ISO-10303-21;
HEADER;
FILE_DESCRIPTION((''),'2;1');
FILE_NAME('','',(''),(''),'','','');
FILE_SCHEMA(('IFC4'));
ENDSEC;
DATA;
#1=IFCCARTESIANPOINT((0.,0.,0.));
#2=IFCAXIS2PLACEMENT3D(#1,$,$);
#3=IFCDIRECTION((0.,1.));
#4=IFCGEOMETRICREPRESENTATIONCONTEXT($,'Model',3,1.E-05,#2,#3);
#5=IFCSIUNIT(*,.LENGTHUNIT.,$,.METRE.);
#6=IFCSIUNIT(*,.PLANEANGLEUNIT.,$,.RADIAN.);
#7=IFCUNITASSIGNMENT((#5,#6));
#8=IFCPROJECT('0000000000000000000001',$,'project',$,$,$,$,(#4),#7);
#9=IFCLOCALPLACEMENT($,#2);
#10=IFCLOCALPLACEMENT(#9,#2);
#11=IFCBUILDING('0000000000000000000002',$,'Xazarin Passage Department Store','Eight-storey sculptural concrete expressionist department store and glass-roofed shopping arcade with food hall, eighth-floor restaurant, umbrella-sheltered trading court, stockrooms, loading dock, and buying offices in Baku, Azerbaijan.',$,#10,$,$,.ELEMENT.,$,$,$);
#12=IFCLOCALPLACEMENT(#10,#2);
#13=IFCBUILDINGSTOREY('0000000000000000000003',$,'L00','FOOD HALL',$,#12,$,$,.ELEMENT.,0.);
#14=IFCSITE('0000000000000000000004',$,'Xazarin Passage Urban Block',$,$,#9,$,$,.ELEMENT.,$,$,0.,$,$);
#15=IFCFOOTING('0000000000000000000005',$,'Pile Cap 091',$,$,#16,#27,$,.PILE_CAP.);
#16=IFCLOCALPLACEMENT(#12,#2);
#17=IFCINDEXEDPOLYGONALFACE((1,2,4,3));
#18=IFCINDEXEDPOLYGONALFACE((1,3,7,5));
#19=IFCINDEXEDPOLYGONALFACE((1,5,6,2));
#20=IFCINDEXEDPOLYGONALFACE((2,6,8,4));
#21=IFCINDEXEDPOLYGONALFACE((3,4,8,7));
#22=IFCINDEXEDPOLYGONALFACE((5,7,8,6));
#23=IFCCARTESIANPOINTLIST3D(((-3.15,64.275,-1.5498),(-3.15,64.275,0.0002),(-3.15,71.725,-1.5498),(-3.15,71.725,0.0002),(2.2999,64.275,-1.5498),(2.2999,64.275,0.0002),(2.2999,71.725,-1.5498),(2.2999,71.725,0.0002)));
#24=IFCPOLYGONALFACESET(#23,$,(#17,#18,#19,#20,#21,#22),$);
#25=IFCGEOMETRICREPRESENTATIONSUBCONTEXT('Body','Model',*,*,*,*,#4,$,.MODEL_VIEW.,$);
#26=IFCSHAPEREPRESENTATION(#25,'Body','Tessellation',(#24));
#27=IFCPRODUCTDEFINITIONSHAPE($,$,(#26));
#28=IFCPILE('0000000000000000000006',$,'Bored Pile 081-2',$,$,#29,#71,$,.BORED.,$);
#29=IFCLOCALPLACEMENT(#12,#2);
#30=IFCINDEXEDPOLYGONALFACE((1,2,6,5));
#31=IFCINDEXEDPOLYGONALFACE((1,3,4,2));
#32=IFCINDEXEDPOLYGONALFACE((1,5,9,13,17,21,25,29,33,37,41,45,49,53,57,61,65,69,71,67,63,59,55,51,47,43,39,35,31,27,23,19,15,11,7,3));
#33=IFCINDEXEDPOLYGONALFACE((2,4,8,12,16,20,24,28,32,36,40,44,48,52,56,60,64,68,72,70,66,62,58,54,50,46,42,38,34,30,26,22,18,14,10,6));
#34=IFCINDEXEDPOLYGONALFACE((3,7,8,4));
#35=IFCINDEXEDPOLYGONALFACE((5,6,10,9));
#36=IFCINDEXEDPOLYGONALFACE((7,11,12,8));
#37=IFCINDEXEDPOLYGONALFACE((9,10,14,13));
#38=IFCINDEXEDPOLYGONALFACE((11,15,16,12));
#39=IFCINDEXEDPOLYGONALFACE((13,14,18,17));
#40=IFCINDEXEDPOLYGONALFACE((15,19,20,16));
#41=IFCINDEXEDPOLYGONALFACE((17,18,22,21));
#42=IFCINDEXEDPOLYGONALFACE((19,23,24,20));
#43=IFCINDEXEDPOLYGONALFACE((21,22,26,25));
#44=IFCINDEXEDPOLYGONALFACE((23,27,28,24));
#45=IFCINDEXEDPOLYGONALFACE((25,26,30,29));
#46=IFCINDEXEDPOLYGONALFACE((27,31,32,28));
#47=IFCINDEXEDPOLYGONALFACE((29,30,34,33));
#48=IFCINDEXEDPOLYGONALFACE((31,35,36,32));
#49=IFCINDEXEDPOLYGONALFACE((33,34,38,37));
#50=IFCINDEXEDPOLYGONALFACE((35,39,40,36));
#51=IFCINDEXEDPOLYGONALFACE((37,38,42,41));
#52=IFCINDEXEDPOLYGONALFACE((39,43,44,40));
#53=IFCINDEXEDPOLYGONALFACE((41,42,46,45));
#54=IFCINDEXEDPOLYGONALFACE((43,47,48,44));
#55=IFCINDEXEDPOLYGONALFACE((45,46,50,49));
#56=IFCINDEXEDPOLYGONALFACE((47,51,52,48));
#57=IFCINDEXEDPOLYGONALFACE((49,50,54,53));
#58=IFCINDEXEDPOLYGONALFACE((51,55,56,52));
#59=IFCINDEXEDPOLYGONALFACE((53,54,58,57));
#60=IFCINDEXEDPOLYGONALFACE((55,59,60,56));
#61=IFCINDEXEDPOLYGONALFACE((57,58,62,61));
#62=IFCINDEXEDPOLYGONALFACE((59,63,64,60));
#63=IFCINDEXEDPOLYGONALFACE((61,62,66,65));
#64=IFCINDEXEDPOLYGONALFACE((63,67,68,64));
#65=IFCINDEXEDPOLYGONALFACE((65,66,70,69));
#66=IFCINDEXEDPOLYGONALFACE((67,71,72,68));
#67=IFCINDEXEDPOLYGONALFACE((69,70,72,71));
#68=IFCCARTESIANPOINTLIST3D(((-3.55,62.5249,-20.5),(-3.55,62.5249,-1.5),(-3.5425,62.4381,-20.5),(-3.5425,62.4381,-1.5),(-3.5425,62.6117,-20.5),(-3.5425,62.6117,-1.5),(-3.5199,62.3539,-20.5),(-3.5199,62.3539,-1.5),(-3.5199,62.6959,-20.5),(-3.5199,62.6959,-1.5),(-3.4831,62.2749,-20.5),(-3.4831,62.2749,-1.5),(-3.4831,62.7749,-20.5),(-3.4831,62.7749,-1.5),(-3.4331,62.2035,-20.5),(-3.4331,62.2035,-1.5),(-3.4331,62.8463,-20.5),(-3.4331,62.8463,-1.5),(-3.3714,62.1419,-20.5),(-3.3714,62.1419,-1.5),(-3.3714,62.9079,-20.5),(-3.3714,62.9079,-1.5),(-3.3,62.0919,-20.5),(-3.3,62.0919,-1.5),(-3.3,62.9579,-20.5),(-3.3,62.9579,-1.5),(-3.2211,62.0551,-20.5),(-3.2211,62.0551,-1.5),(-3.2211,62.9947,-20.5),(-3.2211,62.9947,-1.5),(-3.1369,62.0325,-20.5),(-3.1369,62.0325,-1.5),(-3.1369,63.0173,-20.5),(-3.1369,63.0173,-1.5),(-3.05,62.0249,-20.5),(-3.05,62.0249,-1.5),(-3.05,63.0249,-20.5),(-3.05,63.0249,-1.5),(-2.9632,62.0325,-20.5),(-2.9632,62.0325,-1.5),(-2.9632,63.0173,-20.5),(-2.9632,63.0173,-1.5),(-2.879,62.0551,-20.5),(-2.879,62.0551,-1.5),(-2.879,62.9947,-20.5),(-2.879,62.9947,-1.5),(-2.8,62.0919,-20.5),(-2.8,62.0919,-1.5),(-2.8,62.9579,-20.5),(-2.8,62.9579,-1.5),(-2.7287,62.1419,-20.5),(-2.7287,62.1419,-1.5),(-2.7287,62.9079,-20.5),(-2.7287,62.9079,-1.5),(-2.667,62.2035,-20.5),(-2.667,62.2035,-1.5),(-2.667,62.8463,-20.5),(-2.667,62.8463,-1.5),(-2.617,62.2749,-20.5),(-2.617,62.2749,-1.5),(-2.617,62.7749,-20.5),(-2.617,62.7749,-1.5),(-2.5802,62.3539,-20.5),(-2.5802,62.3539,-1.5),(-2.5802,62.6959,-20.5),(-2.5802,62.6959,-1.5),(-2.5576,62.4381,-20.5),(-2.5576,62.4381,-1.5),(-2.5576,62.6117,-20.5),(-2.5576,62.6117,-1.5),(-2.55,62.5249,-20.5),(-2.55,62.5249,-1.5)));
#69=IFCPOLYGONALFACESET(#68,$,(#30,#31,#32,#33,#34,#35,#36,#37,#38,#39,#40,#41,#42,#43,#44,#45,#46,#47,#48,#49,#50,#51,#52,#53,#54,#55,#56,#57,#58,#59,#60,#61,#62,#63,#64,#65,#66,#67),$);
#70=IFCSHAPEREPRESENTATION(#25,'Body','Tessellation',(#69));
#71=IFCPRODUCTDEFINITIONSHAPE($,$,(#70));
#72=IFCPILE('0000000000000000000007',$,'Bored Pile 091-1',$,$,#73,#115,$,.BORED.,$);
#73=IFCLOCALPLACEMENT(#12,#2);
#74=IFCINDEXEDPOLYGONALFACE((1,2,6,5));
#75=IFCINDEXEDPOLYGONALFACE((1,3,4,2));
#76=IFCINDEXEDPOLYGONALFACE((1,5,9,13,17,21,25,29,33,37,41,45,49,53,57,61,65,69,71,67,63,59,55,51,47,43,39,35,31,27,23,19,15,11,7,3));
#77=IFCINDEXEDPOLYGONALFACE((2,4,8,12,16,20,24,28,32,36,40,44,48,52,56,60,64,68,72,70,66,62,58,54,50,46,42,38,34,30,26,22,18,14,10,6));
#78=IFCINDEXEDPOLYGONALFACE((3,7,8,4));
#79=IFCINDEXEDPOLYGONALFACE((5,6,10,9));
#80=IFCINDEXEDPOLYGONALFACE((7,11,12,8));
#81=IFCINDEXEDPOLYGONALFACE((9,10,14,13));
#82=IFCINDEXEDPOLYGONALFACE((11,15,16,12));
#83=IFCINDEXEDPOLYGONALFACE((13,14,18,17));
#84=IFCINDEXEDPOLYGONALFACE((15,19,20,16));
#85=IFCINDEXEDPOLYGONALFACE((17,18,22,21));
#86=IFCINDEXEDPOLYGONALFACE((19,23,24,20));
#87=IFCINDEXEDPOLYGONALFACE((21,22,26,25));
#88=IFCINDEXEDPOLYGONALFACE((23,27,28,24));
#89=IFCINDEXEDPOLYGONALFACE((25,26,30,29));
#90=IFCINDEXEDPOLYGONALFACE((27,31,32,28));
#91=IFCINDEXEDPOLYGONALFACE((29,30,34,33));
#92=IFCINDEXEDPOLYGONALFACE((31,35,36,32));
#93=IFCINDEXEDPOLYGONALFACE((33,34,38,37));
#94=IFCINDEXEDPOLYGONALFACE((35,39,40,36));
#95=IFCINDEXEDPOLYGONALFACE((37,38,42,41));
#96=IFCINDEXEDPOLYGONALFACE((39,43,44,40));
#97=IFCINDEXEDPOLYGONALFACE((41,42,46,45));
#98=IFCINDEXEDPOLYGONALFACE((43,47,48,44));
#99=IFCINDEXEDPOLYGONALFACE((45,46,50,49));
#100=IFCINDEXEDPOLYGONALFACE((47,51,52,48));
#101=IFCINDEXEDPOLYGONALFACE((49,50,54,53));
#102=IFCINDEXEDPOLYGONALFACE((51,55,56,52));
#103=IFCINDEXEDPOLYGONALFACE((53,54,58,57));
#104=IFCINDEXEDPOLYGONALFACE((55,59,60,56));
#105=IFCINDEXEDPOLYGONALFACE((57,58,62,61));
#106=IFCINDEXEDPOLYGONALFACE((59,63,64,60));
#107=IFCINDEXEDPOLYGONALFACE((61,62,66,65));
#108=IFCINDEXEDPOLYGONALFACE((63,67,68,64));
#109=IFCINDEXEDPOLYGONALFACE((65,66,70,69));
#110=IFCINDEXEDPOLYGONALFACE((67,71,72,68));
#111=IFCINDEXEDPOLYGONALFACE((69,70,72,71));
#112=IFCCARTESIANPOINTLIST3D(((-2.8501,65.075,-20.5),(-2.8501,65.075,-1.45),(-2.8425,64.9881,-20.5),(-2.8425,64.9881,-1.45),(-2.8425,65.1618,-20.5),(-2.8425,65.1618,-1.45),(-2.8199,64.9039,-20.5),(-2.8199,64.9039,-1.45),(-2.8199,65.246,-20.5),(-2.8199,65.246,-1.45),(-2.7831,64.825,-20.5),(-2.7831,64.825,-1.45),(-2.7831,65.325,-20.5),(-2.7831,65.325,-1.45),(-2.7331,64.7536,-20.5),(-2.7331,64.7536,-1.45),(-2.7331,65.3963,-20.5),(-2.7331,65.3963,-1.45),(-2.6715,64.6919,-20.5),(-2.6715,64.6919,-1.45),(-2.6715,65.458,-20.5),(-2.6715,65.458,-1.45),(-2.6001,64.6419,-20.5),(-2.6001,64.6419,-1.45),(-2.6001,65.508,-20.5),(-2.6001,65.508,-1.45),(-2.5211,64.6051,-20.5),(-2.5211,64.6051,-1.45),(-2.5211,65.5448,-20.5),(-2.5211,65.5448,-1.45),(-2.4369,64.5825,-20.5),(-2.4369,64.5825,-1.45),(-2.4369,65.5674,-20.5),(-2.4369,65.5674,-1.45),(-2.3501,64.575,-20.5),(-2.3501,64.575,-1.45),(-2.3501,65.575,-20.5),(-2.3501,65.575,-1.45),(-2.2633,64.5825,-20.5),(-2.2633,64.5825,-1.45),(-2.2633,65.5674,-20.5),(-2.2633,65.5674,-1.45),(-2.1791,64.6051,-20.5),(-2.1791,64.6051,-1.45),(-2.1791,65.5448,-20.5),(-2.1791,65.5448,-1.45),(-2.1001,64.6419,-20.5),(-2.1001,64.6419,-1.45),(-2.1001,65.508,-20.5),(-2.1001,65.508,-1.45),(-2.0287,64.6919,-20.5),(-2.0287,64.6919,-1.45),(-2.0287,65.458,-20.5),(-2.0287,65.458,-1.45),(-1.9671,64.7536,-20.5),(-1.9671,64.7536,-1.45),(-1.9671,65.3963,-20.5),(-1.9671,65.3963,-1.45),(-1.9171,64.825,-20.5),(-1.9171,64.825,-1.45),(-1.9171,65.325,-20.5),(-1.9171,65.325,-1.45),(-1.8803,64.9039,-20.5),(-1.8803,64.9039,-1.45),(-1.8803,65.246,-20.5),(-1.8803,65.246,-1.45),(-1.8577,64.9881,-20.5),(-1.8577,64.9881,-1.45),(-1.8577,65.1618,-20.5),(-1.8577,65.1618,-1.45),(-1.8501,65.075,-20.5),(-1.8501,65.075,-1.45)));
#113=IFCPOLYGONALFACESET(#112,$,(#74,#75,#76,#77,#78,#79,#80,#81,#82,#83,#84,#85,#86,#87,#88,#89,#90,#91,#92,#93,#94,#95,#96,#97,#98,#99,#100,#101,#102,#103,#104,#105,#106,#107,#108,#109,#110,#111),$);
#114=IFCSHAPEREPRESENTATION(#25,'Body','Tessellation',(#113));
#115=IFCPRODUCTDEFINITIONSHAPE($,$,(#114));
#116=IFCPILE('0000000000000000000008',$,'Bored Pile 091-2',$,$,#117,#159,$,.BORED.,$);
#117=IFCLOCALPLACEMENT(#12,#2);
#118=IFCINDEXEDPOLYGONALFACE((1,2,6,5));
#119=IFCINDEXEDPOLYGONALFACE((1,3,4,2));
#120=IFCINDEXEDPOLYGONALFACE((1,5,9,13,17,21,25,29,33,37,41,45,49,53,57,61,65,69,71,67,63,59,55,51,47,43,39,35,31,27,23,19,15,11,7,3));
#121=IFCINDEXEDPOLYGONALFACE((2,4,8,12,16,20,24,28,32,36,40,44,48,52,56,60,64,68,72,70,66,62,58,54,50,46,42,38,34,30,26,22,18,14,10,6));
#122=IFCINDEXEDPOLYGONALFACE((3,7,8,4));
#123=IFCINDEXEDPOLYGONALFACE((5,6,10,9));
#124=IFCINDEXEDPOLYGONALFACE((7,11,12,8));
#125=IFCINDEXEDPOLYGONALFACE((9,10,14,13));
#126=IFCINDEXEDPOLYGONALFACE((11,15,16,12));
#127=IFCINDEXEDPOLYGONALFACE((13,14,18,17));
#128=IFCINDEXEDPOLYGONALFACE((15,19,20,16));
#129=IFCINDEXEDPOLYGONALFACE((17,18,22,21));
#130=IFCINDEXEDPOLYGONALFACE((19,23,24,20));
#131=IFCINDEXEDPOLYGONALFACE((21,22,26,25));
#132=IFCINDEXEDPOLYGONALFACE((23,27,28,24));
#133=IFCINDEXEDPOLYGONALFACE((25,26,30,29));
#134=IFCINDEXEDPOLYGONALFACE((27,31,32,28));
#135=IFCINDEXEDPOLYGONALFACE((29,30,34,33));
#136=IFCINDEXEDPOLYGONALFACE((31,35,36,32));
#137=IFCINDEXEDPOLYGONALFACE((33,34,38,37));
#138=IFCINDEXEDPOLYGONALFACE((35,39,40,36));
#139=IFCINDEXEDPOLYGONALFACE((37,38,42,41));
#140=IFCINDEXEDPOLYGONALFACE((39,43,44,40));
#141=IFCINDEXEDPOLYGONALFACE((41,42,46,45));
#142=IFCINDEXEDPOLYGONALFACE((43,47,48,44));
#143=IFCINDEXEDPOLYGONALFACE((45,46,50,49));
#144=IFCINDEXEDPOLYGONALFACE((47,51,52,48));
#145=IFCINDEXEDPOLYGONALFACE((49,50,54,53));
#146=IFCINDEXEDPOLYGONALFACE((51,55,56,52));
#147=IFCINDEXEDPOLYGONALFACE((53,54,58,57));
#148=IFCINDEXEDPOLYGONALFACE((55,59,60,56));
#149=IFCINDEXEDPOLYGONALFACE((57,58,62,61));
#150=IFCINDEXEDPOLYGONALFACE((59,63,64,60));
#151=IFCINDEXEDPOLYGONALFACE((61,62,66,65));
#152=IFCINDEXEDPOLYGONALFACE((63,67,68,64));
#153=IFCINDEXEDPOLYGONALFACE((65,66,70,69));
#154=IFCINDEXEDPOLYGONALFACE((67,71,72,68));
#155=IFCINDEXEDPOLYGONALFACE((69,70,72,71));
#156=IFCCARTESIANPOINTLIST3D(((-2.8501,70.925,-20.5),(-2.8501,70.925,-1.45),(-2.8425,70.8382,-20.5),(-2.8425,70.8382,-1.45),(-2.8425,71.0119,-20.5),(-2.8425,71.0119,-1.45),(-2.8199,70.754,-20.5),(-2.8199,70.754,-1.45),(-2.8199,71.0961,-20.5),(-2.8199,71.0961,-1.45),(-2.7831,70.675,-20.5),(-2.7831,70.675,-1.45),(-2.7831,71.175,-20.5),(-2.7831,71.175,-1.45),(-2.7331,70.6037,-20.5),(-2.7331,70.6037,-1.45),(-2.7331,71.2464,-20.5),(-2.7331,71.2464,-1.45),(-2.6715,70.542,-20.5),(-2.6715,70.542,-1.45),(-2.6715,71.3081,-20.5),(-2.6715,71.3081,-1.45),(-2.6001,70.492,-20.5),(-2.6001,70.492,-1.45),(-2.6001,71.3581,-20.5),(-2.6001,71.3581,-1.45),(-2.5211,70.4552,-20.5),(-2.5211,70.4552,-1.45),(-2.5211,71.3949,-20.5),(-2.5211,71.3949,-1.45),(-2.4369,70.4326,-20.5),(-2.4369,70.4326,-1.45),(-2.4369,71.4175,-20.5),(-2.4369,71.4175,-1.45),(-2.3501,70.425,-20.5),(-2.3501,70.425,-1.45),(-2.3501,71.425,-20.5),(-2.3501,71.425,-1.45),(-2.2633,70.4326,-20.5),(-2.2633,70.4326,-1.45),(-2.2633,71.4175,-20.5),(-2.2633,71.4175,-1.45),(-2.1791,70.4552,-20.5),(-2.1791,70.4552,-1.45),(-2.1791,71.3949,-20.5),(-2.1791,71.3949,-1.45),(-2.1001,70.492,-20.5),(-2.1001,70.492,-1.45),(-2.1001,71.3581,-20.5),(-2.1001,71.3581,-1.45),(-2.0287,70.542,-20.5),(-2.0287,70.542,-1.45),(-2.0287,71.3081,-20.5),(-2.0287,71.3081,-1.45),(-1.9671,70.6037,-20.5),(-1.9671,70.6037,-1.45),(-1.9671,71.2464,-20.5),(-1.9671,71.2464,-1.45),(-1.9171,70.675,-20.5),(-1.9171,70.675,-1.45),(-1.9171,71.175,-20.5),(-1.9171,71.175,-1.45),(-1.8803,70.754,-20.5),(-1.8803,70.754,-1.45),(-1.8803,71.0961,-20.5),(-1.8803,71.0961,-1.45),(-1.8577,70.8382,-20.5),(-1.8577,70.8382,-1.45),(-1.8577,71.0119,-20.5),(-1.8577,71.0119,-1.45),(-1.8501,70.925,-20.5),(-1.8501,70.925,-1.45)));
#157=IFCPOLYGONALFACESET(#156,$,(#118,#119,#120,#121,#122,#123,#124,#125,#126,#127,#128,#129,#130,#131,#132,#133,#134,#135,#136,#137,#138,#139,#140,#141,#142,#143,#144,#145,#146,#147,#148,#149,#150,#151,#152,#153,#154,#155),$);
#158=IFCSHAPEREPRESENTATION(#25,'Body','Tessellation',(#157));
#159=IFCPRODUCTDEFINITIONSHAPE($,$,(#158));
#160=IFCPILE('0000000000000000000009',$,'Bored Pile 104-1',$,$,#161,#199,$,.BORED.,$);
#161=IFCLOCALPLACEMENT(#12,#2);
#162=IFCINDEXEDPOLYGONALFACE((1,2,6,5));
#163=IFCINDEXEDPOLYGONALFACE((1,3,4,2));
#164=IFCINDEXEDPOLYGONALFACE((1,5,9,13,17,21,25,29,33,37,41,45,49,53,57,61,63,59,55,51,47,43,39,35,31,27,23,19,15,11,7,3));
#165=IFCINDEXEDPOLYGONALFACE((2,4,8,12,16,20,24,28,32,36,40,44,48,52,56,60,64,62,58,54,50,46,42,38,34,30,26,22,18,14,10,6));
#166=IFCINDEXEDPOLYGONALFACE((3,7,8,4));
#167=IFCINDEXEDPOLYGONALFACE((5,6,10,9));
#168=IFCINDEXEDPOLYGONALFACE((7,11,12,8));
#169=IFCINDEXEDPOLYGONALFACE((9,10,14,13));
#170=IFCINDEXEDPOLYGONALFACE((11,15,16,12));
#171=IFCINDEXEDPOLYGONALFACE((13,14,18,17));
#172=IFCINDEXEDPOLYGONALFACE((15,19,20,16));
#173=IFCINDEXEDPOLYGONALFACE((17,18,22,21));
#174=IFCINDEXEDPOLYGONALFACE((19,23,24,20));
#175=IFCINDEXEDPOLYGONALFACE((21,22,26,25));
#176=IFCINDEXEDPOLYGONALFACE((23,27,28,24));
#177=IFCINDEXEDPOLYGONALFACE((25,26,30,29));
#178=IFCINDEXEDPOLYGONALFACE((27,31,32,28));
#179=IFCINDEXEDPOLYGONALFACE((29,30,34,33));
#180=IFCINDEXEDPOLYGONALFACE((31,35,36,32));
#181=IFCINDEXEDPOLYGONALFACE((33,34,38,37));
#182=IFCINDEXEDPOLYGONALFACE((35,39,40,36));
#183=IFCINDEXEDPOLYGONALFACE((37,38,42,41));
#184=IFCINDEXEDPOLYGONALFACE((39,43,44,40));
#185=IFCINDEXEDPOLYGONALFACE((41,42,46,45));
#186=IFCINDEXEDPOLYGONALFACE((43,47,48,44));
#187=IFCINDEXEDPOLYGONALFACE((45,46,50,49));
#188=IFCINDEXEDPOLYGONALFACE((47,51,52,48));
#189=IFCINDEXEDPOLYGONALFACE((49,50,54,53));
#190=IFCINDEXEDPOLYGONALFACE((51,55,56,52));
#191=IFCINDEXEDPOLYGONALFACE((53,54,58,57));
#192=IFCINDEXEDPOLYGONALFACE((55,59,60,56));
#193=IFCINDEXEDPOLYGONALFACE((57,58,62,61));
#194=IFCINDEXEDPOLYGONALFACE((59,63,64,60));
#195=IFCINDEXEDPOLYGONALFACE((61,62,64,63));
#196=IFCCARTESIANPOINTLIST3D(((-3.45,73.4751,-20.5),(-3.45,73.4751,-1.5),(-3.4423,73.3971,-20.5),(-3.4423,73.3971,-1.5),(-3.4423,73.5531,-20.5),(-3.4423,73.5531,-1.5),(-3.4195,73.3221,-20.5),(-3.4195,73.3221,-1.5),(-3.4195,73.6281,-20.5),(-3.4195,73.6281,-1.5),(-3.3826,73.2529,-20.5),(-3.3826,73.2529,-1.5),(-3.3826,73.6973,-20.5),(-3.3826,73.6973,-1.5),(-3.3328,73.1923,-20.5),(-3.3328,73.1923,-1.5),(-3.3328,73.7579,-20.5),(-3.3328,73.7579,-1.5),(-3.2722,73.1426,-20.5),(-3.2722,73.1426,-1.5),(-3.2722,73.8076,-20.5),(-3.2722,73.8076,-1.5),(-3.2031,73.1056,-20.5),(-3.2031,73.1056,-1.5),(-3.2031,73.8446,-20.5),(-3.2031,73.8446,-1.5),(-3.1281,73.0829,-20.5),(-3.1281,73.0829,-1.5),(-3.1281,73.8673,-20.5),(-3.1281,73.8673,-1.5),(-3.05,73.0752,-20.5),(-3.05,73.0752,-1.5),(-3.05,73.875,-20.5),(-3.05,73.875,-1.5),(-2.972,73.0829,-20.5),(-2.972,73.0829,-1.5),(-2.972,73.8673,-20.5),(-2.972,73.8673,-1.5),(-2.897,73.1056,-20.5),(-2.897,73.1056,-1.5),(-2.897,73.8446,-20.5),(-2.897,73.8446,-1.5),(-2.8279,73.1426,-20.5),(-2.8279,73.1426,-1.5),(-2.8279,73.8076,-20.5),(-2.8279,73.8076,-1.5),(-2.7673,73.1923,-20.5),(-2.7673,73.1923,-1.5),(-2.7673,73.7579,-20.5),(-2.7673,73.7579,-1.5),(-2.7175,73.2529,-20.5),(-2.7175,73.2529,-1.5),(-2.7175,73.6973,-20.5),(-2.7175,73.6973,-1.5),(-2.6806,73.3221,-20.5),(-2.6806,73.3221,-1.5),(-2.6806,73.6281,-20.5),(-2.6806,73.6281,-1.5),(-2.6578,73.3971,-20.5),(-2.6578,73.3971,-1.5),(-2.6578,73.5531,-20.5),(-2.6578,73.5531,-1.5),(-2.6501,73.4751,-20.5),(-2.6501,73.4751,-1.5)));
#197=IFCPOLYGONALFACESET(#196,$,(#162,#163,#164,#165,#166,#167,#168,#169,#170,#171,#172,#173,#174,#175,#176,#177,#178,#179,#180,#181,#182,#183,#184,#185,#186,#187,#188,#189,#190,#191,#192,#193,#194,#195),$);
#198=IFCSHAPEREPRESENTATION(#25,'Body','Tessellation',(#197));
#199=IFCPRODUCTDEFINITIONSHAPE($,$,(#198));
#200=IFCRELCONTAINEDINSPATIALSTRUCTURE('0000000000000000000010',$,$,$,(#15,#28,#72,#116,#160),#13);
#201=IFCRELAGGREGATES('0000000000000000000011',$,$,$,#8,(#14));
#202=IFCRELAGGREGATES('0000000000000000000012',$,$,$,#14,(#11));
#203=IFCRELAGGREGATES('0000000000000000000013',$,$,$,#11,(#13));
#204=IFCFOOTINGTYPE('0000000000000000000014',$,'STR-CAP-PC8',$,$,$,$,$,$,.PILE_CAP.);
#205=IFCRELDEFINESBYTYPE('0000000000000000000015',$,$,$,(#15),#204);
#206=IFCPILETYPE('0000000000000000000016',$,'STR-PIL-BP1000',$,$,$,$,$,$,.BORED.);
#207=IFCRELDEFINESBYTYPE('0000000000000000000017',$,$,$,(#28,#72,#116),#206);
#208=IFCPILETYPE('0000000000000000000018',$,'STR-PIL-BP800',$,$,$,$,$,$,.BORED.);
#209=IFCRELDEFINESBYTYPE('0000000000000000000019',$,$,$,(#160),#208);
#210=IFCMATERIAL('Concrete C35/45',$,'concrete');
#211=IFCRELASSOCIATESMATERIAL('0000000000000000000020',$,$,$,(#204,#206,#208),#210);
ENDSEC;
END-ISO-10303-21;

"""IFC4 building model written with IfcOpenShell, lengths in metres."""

from ifc_helpers import new_model, si_unit, direction, frame, origin, origin_2d, place, context, subcontext, project, spatial, rectangle, circle, extrude, material, material_profile, profile_set, type_object, element, save


model = new_model("IFC4")

# Units and contexts
model_context = context("Model", 3, precision=1e-05, world=origin(), true_north=direction((0.0, 1.0)))
body_context = subcontext(model_context, "Body", "Model", "MODEL_VIEW")
ifc_project = project(units=[si_unit("LENGTHUNIT", "METRE"), si_unit("PLANEANGLEUNIT", "RADIAN")], contexts=[model_context])

# Site, building, storey
site_placement = place(None, origin())
site = spatial("IfcSite", under=ifc_project, at=site_placement, Name="Xazarin Passage Urban Block", CompositionType="ELEMENT", RefElevation=0.0)
building_placement = place(site_placement, origin())
building = spatial("IfcBuilding", under=site, at=building_placement, Name="Xazarin Passage Department Store", Description="Eight-storey sculptural concrete expressionist department store and glass-roofed shopping arcade with food hall, eighth-floor restaurant, umbrella-sheltered trading court, stockrooms, loading dock, and buying offices in Baku, Azerbaijan.", CompositionType="ELEMENT")
storey_placement = place(building_placement, origin())
storey = spatial("IfcBuildingStorey", under=building, at=storey_placement, Name="L00", Description="FOOD HALL", CompositionType="ELEMENT", Elevation=0.0)

# Footing
ifc_material_1 = material(Name="Concrete C35/45", Category="concrete")
footing_type = type_object("IfcFootingType", Name="STR-CAP-PC8", PredefinedType="PILE_CAP", material=ifc_material_1)
footing_placement = place(storey_placement, frame((-0.425, 68.0, -1.5498), z_axis=(0.0, 0.0, 1.0), x_axis=(0.0, 1.0, 0.0)))
element("IfcFooting", 1, at=footing_placement, inside=storey, type_object=footing_type, Name="Pile Cap 091", PredefinedType="PILE_CAP", context=body_context, shape_type="SweptSolid", body=[
    extrude(rectangle(XDim=7.45, YDim=5.45, at=origin_2d()), origin(), (0.0, 0.0, 1.0), 1.55),
])

# Piles
ifc_material_profile_1 = material_profile(ifc_material_1, circle(Radius=0.5, at=origin_2d()), Name="BP 1000")
ifc_profile_set_1 = profile_set([ifc_material_profile_1], Name="Concrete C35/45")
pile_type_1 = type_object("IfcPileType", Name="STR-PIL-BP1000", PredefinedType="BORED", material=ifc_profile_set_1)
pile_1_placement = place(storey_placement, frame((-3.05, 62.5249, -1.5), z_axis=(0.0, 0.0, -1.0), x_axis=(1.0, 0.0, 0.0)))
element("IfcPile", 2, at=pile_1_placement, inside=storey, type_object=pile_type_1, Name="Bored Pile 081-2", PredefinedType="BORED", context=body_context, shape_type="SweptSolid", body=[
    extrude(circle(Radius=0.5, at=origin_2d()), origin(), (0.0, 0.0, 1.0), 19.0),
])
for number, where, z_axis, x_axis, name in (
    (3, (-2.3501, 65.075, -1.45), (0.0, 0.0, -1.0), (1.0, 0.0, 0.0), "Bored Pile 091-1"),
    (4, (-2.3501, 70.925, -1.45), (0.0, 0.0, -1.0), (1.0, 0.0, 0.0), "Bored Pile 091-2"),
):
    element("IfcPile", number, at=place(storey_placement, frame(where, z_axis=z_axis, x_axis=x_axis)), inside=storey, type_object=pile_type_1, Name=name, PredefinedType="BORED", context=body_context, shape_type="SweptSolid", body=[
        extrude(circle(Radius=0.5, at=origin_2d()), origin(), (0.0, 0.0, 1.0), 19.05),
    ])
ifc_material_profile_2 = material_profile(ifc_material_1, circle(Radius=0.3999, at=origin_2d()), Name="BP 800")
ifc_profile_set_2 = profile_set([ifc_material_profile_2], Name="Concrete C35/45")
pile_type_2 = type_object("IfcPileType", Name="STR-PIL-BP800", PredefinedType="BORED", material=ifc_profile_set_2)
pile_2_placement = place(storey_placement, frame((-3.05, 73.4751, -1.5), z_axis=(0.0, 0.0, -1.0), x_axis=(1.0, 0.0, 0.0)))
element("IfcPile", 5, at=pile_2_placement, inside=storey, type_object=pile_type_2, Name="Bored Pile 104-1", PredefinedType="BORED", context=body_context, shape_type="SweptSolid", body=[
    extrude(circle(Radius=0.3999, at=origin_2d()), origin(), (0.0, 0.0, 1.0), 19.0),
])

save(model, "model.ifc")
